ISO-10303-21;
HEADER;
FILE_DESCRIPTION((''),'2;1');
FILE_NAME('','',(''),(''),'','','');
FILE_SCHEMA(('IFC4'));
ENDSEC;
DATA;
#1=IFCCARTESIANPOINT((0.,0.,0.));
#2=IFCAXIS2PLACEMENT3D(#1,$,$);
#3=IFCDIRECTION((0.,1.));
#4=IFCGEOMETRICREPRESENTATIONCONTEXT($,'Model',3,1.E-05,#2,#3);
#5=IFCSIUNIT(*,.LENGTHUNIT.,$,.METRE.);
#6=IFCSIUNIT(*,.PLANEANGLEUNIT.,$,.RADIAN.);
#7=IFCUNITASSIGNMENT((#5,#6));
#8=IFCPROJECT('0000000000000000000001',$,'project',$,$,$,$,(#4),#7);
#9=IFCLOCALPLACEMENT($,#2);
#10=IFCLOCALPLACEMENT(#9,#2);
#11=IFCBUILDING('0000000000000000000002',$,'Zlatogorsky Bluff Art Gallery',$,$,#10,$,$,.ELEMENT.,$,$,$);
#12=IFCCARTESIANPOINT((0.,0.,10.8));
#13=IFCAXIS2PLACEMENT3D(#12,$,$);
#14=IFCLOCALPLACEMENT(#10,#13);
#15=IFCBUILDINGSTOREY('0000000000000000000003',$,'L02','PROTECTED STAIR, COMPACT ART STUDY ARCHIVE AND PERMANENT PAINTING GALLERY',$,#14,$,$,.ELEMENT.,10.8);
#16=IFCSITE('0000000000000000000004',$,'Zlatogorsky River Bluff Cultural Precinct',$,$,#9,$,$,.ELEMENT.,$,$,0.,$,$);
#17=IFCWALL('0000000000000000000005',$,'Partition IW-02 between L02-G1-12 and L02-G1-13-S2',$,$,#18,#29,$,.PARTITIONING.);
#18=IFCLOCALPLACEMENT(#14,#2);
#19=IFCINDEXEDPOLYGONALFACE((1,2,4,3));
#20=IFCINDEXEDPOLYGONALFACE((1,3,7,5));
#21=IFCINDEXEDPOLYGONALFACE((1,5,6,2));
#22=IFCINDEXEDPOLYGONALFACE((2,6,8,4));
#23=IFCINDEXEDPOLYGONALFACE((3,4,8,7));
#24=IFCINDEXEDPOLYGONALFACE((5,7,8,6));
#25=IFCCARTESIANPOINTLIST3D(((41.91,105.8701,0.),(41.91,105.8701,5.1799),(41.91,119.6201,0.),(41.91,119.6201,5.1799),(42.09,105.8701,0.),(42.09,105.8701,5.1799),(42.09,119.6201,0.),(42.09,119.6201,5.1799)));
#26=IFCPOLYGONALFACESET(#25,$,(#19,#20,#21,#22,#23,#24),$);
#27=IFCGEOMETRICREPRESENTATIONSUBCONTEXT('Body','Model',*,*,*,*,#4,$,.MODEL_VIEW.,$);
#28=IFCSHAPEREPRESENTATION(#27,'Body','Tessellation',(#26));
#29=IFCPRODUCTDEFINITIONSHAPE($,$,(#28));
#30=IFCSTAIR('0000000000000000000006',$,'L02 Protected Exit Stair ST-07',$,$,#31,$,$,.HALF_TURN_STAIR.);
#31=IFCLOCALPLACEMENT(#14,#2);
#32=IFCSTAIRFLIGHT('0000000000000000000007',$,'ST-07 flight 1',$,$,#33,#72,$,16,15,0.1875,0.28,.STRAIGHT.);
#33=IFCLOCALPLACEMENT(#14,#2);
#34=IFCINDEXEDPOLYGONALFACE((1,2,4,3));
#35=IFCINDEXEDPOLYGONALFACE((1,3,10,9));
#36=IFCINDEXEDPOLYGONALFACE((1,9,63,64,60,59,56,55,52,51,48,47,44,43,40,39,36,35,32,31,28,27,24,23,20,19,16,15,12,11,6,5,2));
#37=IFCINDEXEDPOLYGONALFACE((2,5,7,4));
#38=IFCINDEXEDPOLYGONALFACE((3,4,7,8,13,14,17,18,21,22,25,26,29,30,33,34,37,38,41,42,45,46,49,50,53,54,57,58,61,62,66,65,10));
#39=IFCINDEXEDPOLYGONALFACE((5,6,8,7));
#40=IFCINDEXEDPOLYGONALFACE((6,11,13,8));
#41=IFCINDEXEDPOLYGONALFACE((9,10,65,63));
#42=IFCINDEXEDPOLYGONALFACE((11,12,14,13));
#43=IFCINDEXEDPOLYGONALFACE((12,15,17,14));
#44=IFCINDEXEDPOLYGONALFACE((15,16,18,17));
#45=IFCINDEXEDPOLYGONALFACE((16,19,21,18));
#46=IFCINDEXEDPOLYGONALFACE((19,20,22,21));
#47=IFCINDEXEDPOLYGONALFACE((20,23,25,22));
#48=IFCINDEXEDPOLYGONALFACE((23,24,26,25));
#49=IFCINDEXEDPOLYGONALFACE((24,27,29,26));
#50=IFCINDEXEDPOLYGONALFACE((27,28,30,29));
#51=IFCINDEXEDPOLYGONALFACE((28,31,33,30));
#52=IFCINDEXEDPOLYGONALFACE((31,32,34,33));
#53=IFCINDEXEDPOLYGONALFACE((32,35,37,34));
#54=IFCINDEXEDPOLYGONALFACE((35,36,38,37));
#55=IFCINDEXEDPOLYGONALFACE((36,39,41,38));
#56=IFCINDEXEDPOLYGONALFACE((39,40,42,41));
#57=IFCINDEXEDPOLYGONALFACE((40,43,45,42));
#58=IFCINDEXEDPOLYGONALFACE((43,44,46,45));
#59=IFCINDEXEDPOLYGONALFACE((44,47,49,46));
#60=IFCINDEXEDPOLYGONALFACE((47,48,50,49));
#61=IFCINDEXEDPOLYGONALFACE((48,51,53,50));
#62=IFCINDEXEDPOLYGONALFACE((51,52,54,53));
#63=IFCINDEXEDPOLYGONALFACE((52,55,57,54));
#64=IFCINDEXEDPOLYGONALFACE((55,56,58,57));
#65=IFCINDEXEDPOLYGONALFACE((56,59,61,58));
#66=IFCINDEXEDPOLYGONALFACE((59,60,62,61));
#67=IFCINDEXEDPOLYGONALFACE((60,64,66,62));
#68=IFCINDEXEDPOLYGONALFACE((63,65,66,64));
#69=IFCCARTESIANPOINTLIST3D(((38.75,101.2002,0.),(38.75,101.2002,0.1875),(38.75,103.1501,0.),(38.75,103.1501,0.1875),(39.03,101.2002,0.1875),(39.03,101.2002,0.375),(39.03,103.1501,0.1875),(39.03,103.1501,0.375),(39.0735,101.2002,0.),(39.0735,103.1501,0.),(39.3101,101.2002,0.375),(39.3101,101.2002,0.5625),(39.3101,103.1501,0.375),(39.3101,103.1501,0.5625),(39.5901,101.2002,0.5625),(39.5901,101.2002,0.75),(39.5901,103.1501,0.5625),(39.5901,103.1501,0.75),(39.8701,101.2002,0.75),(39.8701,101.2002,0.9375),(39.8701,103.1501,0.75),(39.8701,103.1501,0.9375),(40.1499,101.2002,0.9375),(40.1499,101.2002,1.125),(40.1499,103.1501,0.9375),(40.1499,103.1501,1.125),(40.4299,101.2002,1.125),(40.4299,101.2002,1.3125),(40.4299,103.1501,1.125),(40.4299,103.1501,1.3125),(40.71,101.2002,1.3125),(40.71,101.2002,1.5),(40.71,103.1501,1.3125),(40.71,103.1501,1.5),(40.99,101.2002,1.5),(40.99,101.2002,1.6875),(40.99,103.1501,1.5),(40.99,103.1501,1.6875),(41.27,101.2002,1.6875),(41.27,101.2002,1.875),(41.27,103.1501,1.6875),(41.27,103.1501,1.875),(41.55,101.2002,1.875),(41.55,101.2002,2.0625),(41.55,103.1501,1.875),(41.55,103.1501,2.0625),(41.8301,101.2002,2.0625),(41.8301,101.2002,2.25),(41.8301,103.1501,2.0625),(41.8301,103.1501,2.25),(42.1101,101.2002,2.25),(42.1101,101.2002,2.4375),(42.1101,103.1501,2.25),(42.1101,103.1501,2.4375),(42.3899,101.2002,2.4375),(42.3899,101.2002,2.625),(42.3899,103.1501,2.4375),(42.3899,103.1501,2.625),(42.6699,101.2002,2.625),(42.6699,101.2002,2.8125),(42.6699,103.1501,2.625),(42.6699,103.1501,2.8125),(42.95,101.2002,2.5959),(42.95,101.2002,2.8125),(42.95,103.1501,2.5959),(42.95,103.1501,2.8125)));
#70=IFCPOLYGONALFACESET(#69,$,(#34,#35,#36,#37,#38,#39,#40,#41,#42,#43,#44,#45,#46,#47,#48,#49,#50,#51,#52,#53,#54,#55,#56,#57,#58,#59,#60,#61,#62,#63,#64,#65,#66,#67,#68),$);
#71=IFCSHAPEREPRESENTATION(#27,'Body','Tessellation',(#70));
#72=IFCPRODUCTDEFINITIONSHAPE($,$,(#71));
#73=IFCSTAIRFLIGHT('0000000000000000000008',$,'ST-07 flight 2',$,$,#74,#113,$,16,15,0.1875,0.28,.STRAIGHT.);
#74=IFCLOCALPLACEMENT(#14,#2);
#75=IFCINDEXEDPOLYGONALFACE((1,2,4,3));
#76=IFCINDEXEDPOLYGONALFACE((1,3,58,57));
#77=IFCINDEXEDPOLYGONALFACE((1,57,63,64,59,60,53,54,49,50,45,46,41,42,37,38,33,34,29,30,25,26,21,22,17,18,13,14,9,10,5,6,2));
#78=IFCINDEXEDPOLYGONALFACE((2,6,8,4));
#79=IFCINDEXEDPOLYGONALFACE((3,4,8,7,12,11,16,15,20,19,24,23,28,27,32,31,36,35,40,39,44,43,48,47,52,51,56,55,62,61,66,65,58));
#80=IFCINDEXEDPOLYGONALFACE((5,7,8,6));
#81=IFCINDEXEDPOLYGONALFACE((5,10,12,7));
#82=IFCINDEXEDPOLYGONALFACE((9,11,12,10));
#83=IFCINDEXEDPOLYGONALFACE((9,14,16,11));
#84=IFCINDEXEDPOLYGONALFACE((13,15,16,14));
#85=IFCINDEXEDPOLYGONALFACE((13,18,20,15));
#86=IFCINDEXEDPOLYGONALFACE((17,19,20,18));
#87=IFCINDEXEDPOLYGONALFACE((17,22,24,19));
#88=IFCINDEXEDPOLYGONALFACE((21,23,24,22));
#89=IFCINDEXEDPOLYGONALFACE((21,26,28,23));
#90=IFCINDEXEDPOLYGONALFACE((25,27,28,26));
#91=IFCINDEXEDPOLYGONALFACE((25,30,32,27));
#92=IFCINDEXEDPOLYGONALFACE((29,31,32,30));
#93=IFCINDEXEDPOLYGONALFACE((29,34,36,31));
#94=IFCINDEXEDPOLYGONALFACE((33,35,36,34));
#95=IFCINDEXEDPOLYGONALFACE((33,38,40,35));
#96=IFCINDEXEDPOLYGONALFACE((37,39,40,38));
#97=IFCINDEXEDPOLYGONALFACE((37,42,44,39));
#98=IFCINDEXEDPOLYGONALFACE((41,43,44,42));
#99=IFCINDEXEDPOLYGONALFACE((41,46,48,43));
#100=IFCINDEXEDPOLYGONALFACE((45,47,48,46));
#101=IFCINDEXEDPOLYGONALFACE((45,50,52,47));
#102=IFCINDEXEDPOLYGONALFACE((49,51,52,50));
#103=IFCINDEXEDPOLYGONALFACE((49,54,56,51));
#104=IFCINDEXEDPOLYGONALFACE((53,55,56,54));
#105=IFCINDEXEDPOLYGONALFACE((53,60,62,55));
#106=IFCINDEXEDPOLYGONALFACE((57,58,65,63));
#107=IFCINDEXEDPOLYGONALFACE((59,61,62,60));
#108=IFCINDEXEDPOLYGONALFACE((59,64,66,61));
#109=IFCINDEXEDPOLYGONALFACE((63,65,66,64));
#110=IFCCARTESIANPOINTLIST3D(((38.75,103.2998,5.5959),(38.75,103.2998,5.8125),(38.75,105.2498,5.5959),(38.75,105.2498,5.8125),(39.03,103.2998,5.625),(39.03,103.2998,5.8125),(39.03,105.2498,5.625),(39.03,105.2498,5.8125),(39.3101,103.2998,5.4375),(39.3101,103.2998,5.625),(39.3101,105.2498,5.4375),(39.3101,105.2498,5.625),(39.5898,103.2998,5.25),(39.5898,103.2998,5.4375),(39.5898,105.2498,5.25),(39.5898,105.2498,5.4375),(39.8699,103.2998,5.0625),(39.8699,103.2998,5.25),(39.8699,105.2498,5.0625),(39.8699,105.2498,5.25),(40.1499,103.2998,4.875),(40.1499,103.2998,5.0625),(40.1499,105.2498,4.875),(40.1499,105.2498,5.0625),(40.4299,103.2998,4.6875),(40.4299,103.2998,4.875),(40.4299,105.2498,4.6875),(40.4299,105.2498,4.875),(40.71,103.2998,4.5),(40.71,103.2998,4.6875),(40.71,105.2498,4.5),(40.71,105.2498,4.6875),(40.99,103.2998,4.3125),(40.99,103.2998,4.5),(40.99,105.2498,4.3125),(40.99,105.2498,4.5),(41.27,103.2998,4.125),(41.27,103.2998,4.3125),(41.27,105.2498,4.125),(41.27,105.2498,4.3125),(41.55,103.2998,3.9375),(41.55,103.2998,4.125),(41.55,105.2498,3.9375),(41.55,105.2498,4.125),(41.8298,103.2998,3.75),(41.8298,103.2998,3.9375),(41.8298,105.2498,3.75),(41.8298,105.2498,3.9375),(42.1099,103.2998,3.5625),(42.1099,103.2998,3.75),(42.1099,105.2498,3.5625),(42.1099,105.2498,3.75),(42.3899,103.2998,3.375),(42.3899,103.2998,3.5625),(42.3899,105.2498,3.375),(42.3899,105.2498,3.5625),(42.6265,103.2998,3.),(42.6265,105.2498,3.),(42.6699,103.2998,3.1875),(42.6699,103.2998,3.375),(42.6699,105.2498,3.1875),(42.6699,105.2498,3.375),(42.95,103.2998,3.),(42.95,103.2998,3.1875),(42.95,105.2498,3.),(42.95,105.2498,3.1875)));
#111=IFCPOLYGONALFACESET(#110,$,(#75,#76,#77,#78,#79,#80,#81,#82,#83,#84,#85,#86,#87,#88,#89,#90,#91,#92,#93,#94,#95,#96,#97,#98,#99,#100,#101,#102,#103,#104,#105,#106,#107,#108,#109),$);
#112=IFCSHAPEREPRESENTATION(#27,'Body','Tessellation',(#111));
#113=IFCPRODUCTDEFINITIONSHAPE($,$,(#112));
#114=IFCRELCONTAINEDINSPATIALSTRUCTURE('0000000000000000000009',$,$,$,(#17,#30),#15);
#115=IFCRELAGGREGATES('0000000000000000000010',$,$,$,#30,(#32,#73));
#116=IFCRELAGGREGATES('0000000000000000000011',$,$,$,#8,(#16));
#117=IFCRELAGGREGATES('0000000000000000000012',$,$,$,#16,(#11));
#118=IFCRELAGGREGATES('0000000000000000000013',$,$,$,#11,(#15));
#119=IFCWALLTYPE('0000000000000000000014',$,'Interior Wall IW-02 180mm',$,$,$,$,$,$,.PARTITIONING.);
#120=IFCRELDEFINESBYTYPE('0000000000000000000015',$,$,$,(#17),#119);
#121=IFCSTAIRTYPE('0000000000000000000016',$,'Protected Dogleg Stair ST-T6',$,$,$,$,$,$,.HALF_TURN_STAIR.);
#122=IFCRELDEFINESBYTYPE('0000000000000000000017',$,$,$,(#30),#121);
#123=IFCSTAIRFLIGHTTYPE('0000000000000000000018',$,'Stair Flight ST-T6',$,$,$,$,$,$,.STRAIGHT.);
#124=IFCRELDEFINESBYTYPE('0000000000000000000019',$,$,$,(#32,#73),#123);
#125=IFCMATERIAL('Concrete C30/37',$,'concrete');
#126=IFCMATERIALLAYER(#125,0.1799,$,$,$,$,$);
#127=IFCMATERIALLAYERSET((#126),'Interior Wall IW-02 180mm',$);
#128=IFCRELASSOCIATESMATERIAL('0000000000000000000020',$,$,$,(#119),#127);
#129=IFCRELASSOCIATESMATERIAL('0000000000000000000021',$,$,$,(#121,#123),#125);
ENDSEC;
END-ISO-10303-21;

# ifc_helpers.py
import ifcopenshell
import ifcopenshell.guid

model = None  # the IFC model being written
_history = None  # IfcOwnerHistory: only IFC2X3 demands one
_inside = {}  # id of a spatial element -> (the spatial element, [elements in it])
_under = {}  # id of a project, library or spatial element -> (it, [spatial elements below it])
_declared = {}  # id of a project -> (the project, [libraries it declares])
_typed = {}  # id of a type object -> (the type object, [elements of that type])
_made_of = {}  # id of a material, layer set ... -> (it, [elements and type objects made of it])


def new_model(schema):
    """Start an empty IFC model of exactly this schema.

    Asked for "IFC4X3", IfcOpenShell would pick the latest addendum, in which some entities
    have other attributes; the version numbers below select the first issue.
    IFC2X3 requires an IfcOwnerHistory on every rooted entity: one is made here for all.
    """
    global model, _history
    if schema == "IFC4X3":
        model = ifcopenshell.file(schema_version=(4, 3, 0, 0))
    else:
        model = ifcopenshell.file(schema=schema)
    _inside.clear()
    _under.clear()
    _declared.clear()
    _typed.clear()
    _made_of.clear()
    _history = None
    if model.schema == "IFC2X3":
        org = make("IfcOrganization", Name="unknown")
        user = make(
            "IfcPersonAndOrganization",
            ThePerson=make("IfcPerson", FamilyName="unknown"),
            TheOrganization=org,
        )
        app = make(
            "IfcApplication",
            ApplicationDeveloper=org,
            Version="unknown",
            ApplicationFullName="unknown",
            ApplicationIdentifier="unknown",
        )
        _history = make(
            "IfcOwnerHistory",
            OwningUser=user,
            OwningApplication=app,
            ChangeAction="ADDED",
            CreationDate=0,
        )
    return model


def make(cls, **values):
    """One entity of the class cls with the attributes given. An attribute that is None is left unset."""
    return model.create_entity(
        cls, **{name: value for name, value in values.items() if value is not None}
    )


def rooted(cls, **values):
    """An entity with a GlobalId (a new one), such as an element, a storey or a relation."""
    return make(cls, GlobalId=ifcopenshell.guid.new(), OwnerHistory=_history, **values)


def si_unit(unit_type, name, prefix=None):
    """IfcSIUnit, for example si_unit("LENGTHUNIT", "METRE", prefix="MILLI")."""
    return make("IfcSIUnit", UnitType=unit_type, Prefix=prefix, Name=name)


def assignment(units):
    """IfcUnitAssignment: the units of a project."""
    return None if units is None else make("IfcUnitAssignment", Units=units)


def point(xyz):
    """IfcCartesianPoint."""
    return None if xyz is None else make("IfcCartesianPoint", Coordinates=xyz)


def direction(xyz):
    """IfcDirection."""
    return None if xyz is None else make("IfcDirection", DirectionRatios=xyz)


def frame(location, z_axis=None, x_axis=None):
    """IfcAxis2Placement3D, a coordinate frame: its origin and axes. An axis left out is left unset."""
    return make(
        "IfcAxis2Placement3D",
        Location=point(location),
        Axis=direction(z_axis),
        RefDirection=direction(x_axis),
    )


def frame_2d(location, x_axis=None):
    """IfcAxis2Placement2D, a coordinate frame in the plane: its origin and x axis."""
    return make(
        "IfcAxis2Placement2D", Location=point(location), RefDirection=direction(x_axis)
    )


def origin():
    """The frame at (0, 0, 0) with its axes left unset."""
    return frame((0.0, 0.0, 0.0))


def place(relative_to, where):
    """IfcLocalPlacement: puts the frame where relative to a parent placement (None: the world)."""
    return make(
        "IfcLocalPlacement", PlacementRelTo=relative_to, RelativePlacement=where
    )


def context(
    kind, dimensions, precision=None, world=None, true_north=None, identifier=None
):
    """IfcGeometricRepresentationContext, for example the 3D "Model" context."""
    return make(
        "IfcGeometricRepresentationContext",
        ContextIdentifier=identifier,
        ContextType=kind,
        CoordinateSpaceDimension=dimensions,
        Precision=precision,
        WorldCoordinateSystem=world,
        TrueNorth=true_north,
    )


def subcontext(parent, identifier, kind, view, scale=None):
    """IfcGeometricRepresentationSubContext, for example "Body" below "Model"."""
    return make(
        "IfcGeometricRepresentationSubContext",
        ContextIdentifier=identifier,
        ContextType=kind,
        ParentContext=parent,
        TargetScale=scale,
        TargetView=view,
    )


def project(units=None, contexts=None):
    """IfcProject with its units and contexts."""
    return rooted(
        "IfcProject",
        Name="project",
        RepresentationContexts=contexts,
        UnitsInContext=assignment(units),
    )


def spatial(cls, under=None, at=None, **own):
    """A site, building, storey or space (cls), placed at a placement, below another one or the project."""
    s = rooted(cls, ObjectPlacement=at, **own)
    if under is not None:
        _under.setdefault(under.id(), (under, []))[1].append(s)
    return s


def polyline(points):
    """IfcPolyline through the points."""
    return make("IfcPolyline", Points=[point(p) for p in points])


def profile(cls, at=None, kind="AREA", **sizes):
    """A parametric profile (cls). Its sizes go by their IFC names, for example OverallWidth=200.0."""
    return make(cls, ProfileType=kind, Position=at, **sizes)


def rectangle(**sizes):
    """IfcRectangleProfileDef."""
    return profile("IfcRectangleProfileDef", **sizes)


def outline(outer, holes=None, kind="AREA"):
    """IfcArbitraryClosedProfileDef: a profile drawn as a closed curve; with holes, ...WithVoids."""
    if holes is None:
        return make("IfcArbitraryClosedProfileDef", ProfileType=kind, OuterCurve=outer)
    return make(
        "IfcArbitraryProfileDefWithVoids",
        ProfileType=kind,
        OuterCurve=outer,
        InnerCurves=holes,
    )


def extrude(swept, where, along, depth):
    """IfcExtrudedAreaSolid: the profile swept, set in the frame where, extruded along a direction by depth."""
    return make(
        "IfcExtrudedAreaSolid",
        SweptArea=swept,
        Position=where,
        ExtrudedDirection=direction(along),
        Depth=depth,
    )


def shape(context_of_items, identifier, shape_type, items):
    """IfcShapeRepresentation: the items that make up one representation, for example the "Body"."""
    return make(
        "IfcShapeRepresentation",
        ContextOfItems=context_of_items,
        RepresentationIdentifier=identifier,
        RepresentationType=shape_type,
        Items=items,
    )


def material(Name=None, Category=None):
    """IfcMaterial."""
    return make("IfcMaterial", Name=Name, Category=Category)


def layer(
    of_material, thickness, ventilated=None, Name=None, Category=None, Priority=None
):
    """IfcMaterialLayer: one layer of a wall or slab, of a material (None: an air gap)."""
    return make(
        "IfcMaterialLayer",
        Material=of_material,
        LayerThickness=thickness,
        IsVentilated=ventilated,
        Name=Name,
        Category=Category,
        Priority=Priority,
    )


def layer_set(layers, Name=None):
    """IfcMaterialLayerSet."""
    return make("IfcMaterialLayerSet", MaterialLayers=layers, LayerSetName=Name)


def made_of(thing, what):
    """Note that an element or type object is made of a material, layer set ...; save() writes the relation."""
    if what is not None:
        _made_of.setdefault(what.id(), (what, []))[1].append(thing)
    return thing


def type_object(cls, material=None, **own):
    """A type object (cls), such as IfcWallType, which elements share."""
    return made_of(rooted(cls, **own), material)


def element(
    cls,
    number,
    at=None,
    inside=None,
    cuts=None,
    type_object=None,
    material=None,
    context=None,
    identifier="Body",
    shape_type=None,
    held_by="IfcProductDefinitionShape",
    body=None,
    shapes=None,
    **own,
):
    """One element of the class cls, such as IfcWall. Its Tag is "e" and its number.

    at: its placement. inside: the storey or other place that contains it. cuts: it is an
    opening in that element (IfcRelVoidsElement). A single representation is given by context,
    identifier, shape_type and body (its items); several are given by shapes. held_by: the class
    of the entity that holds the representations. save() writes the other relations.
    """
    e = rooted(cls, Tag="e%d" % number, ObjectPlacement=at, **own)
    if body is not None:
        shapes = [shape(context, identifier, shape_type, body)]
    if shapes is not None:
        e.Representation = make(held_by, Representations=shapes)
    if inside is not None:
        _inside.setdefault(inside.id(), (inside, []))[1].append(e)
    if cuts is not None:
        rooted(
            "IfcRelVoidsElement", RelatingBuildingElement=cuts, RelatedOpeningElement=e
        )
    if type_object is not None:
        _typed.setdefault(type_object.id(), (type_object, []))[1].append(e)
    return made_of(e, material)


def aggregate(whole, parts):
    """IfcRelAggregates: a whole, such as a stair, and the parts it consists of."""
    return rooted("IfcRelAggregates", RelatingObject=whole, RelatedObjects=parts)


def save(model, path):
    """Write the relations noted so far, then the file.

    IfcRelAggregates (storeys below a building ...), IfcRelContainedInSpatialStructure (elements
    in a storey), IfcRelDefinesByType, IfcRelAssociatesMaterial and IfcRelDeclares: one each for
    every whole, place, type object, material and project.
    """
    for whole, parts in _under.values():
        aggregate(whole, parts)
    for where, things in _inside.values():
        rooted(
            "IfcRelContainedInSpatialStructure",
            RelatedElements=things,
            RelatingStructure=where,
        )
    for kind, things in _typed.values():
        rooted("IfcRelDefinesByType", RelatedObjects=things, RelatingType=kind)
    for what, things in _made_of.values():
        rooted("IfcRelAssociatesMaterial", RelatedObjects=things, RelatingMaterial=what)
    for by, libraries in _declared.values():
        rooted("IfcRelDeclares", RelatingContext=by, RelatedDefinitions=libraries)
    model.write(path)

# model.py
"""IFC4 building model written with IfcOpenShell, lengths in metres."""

from ifc_helpers import new_model, si_unit, direction, frame, frame_2d, origin, place, context, subcontext, project, spatial, polyline, rectangle, outline, extrude, material, layer, layer_set, type_object, element, aggregate, save


model = new_model("IFC4")

# Units and contexts
model_context = context("Model", 3, precision=1e-05, world=origin(), true_north=direction((0.0, 1.0)))
body_context = subcontext(model_context, "Body", "Model", "MODEL_VIEW")
ifc_project = project(units=[si_unit("LENGTHUNIT", "METRE"), si_unit("PLANEANGLEUNIT", "RADIAN")], contexts=[model_context])

# Site, building, storey
site_placement = place(None, origin())
site = spatial("IfcSite", under=ifc_project, at=site_placement, Name="Zlatogorsky River Bluff Cultural Precinct", CompositionType="ELEMENT", RefElevation=0.0)
building_placement = place(site_placement, origin())
building = spatial("IfcBuilding", under=site, at=building_placement, Name="Zlatogorsky Bluff Art Gallery", CompositionType="ELEMENT")
storey_placement = place(building_placement, frame((0.0, 0.0, 10.8)))
storey = spatial("IfcBuildingStorey", under=building, at=storey_placement, Name="L02", Description="PROTECTED STAIR, COMPACT ART STUDY ARCHIVE AND PERMANENT PAINTING GALLERY", CompositionType="ELEMENT", Elevation=10.8)

# Wall
ifc_material_1 = material(Name="Concrete C30/37", Category="concrete")
ifc_layer_1 = layer(ifc_material_1, 0.1799)
ifc_layer_set_1 = layer_set([ifc_layer_1], Name="Interior Wall IW-02 180mm")
wall_type = type_object("IfcWallType", Name="Interior Wall IW-02 180mm", PredefinedType="PARTITIONING", material=ifc_layer_set_1)
wall_placement = place(storey_placement, frame((42.0, 105.8701, 0.0), z_axis=(0.0, 0.0, 1.0), x_axis=(0.0, 1.0, 0.0)))
element("IfcWall", 1, at=wall_placement, inside=storey, type_object=wall_type, Name="Partition IW-02 between L02-G1-12 and L02-G1-13-S2", PredefinedType="PARTITIONING", context=body_context, shape_type="SweptSolid", body=[
    extrude(rectangle(XDim=13.75, YDim=0.1799, at=frame_2d((6.875, 0.0))), origin(), (0.0, 0.0, 1.0), 5.1799),
])

# Stair, stair flights
stair_type = type_object("IfcStairType", Name="Protected Dogleg Stair ST-T6", PredefinedType="HALF_TURN_STAIR", material=ifc_material_1)
stair_placement = place(storey_placement, origin())
stair = element("IfcStair", 2, at=stair_placement, inside=storey, type_object=stair_type, Name="L02 Protected Exit Stair ST-07", PredefinedType="HALF_TURN_STAIR")
stair_flight_type = type_object("IfcStairFlightType", Name="Stair Flight ST-T6", PredefinedType="STRAIGHT", material=ifc_material_1)
stair_flight_1_placement = place(storey_placement, frame((38.75, 102.175, 0.0), z_axis=(0.0, 0.0, 1.0), x_axis=(1.0, 0.0, 0.0)))
stair_flight_1 = element("IfcStairFlight", 3, at=stair_flight_1_placement, type_object=stair_flight_type, Name="ST-07 flight 1", NumberOfRisers=16, NumberOfTreads=15, PredefinedType="STRAIGHT", RiserHeight=0.1875, TreadLength=0.28, context=body_context, shape_type="SweptSolid", body=[
    extrude(outline(polyline([(0.0, 0.0), (0.0, 0.1875), (0.28, 0.1875), (0.28, 0.375), (0.5601, 0.375), (0.5601, 0.5625), (0.8401, 0.5625), (0.8401, 0.75), (1.1201, 0.75), (1.1201, 0.9375), (1.3999, 0.9375), (1.3999, 1.125), (1.6799, 1.125), (1.6799, 1.3125), (1.96, 1.3125), (1.96, 1.5), (2.24, 1.5), (2.24, 1.6875), (2.52, 1.6875), (2.52, 1.875), (2.8, 1.875), (2.8, 2.0625), (3.0801, 2.0625), (3.0801, 2.25), (3.3601, 2.25), (3.3601, 2.4375), (3.6399, 2.4375), (3.6399, 2.625), (3.9199, 2.625), (3.9199, 2.8125), (4.2, 2.8125), (4.2, 3.0), (4.2, 2.5959), (0.3235, 0.0), (0.0, 0.0)])), frame((0.0, 0.9751, 0.0), z_axis=(0.0, -1.0, 0.0), x_axis=(1.0, 0.0, 0.0)), (0.0, 0.0, 1.0), 1.95),
])
stair_flight_2_placement = place(storey_placement, frame((42.95, 104.2749, 3.0), z_axis=(0.0, 0.0, 1.0), x_axis=(-1.0, 0.0, 0.0)))
stair_flight_2 = element("IfcStairFlight", 4, at=stair_flight_2_placement, type_object=stair_flight_type, Name="ST-07 flight 2", NumberOfRisers=16, NumberOfTreads=15, PredefinedType="STRAIGHT", RiserHeight=0.1875, TreadLength=0.28, context=body_context, shape_type="SweptSolid", body=[
    extrude(outline(polyline([(0.0, 0.0), (0.0, 0.1875), (0.28, 0.1875), (0.28, 0.375), (0.5601, 0.375), (0.5601, 0.5625), (0.8401, 0.5625), (0.8401, 0.75), (1.1201, 0.75), (1.1201, 0.9375), (1.3999, 0.9375), (1.3999, 1.125), (1.6799, 1.125), (1.6799, 1.3125), (1.96, 1.3125), (1.96, 1.5), (2.24, 1.5), (2.24, 1.6875), (2.52, 1.6875), (2.52, 1.875), (2.8, 1.875), (2.8, 2.0625), (3.0801, 2.0625), (3.0801, 2.25), (3.3601, 2.25), (3.3601, 2.4375), (3.6399, 2.4375), (3.6399, 2.625), (3.9199, 2.625), (3.9199, 2.8125), (4.2, 2.8125), (4.2, 3.0), (4.2, 2.5959), (0.3235, 0.0), (0.0, 0.0)])), frame((0.0, 0.9751, 0.0), z_axis=(0.0, -1.0, 0.0), x_axis=(1.0, 0.0, 0.0)), (0.0, 0.0, 1.0), 1.95),
])
aggregate(stair, [stair_flight_1, stair_flight_2])

save(model, "model.ifc")
